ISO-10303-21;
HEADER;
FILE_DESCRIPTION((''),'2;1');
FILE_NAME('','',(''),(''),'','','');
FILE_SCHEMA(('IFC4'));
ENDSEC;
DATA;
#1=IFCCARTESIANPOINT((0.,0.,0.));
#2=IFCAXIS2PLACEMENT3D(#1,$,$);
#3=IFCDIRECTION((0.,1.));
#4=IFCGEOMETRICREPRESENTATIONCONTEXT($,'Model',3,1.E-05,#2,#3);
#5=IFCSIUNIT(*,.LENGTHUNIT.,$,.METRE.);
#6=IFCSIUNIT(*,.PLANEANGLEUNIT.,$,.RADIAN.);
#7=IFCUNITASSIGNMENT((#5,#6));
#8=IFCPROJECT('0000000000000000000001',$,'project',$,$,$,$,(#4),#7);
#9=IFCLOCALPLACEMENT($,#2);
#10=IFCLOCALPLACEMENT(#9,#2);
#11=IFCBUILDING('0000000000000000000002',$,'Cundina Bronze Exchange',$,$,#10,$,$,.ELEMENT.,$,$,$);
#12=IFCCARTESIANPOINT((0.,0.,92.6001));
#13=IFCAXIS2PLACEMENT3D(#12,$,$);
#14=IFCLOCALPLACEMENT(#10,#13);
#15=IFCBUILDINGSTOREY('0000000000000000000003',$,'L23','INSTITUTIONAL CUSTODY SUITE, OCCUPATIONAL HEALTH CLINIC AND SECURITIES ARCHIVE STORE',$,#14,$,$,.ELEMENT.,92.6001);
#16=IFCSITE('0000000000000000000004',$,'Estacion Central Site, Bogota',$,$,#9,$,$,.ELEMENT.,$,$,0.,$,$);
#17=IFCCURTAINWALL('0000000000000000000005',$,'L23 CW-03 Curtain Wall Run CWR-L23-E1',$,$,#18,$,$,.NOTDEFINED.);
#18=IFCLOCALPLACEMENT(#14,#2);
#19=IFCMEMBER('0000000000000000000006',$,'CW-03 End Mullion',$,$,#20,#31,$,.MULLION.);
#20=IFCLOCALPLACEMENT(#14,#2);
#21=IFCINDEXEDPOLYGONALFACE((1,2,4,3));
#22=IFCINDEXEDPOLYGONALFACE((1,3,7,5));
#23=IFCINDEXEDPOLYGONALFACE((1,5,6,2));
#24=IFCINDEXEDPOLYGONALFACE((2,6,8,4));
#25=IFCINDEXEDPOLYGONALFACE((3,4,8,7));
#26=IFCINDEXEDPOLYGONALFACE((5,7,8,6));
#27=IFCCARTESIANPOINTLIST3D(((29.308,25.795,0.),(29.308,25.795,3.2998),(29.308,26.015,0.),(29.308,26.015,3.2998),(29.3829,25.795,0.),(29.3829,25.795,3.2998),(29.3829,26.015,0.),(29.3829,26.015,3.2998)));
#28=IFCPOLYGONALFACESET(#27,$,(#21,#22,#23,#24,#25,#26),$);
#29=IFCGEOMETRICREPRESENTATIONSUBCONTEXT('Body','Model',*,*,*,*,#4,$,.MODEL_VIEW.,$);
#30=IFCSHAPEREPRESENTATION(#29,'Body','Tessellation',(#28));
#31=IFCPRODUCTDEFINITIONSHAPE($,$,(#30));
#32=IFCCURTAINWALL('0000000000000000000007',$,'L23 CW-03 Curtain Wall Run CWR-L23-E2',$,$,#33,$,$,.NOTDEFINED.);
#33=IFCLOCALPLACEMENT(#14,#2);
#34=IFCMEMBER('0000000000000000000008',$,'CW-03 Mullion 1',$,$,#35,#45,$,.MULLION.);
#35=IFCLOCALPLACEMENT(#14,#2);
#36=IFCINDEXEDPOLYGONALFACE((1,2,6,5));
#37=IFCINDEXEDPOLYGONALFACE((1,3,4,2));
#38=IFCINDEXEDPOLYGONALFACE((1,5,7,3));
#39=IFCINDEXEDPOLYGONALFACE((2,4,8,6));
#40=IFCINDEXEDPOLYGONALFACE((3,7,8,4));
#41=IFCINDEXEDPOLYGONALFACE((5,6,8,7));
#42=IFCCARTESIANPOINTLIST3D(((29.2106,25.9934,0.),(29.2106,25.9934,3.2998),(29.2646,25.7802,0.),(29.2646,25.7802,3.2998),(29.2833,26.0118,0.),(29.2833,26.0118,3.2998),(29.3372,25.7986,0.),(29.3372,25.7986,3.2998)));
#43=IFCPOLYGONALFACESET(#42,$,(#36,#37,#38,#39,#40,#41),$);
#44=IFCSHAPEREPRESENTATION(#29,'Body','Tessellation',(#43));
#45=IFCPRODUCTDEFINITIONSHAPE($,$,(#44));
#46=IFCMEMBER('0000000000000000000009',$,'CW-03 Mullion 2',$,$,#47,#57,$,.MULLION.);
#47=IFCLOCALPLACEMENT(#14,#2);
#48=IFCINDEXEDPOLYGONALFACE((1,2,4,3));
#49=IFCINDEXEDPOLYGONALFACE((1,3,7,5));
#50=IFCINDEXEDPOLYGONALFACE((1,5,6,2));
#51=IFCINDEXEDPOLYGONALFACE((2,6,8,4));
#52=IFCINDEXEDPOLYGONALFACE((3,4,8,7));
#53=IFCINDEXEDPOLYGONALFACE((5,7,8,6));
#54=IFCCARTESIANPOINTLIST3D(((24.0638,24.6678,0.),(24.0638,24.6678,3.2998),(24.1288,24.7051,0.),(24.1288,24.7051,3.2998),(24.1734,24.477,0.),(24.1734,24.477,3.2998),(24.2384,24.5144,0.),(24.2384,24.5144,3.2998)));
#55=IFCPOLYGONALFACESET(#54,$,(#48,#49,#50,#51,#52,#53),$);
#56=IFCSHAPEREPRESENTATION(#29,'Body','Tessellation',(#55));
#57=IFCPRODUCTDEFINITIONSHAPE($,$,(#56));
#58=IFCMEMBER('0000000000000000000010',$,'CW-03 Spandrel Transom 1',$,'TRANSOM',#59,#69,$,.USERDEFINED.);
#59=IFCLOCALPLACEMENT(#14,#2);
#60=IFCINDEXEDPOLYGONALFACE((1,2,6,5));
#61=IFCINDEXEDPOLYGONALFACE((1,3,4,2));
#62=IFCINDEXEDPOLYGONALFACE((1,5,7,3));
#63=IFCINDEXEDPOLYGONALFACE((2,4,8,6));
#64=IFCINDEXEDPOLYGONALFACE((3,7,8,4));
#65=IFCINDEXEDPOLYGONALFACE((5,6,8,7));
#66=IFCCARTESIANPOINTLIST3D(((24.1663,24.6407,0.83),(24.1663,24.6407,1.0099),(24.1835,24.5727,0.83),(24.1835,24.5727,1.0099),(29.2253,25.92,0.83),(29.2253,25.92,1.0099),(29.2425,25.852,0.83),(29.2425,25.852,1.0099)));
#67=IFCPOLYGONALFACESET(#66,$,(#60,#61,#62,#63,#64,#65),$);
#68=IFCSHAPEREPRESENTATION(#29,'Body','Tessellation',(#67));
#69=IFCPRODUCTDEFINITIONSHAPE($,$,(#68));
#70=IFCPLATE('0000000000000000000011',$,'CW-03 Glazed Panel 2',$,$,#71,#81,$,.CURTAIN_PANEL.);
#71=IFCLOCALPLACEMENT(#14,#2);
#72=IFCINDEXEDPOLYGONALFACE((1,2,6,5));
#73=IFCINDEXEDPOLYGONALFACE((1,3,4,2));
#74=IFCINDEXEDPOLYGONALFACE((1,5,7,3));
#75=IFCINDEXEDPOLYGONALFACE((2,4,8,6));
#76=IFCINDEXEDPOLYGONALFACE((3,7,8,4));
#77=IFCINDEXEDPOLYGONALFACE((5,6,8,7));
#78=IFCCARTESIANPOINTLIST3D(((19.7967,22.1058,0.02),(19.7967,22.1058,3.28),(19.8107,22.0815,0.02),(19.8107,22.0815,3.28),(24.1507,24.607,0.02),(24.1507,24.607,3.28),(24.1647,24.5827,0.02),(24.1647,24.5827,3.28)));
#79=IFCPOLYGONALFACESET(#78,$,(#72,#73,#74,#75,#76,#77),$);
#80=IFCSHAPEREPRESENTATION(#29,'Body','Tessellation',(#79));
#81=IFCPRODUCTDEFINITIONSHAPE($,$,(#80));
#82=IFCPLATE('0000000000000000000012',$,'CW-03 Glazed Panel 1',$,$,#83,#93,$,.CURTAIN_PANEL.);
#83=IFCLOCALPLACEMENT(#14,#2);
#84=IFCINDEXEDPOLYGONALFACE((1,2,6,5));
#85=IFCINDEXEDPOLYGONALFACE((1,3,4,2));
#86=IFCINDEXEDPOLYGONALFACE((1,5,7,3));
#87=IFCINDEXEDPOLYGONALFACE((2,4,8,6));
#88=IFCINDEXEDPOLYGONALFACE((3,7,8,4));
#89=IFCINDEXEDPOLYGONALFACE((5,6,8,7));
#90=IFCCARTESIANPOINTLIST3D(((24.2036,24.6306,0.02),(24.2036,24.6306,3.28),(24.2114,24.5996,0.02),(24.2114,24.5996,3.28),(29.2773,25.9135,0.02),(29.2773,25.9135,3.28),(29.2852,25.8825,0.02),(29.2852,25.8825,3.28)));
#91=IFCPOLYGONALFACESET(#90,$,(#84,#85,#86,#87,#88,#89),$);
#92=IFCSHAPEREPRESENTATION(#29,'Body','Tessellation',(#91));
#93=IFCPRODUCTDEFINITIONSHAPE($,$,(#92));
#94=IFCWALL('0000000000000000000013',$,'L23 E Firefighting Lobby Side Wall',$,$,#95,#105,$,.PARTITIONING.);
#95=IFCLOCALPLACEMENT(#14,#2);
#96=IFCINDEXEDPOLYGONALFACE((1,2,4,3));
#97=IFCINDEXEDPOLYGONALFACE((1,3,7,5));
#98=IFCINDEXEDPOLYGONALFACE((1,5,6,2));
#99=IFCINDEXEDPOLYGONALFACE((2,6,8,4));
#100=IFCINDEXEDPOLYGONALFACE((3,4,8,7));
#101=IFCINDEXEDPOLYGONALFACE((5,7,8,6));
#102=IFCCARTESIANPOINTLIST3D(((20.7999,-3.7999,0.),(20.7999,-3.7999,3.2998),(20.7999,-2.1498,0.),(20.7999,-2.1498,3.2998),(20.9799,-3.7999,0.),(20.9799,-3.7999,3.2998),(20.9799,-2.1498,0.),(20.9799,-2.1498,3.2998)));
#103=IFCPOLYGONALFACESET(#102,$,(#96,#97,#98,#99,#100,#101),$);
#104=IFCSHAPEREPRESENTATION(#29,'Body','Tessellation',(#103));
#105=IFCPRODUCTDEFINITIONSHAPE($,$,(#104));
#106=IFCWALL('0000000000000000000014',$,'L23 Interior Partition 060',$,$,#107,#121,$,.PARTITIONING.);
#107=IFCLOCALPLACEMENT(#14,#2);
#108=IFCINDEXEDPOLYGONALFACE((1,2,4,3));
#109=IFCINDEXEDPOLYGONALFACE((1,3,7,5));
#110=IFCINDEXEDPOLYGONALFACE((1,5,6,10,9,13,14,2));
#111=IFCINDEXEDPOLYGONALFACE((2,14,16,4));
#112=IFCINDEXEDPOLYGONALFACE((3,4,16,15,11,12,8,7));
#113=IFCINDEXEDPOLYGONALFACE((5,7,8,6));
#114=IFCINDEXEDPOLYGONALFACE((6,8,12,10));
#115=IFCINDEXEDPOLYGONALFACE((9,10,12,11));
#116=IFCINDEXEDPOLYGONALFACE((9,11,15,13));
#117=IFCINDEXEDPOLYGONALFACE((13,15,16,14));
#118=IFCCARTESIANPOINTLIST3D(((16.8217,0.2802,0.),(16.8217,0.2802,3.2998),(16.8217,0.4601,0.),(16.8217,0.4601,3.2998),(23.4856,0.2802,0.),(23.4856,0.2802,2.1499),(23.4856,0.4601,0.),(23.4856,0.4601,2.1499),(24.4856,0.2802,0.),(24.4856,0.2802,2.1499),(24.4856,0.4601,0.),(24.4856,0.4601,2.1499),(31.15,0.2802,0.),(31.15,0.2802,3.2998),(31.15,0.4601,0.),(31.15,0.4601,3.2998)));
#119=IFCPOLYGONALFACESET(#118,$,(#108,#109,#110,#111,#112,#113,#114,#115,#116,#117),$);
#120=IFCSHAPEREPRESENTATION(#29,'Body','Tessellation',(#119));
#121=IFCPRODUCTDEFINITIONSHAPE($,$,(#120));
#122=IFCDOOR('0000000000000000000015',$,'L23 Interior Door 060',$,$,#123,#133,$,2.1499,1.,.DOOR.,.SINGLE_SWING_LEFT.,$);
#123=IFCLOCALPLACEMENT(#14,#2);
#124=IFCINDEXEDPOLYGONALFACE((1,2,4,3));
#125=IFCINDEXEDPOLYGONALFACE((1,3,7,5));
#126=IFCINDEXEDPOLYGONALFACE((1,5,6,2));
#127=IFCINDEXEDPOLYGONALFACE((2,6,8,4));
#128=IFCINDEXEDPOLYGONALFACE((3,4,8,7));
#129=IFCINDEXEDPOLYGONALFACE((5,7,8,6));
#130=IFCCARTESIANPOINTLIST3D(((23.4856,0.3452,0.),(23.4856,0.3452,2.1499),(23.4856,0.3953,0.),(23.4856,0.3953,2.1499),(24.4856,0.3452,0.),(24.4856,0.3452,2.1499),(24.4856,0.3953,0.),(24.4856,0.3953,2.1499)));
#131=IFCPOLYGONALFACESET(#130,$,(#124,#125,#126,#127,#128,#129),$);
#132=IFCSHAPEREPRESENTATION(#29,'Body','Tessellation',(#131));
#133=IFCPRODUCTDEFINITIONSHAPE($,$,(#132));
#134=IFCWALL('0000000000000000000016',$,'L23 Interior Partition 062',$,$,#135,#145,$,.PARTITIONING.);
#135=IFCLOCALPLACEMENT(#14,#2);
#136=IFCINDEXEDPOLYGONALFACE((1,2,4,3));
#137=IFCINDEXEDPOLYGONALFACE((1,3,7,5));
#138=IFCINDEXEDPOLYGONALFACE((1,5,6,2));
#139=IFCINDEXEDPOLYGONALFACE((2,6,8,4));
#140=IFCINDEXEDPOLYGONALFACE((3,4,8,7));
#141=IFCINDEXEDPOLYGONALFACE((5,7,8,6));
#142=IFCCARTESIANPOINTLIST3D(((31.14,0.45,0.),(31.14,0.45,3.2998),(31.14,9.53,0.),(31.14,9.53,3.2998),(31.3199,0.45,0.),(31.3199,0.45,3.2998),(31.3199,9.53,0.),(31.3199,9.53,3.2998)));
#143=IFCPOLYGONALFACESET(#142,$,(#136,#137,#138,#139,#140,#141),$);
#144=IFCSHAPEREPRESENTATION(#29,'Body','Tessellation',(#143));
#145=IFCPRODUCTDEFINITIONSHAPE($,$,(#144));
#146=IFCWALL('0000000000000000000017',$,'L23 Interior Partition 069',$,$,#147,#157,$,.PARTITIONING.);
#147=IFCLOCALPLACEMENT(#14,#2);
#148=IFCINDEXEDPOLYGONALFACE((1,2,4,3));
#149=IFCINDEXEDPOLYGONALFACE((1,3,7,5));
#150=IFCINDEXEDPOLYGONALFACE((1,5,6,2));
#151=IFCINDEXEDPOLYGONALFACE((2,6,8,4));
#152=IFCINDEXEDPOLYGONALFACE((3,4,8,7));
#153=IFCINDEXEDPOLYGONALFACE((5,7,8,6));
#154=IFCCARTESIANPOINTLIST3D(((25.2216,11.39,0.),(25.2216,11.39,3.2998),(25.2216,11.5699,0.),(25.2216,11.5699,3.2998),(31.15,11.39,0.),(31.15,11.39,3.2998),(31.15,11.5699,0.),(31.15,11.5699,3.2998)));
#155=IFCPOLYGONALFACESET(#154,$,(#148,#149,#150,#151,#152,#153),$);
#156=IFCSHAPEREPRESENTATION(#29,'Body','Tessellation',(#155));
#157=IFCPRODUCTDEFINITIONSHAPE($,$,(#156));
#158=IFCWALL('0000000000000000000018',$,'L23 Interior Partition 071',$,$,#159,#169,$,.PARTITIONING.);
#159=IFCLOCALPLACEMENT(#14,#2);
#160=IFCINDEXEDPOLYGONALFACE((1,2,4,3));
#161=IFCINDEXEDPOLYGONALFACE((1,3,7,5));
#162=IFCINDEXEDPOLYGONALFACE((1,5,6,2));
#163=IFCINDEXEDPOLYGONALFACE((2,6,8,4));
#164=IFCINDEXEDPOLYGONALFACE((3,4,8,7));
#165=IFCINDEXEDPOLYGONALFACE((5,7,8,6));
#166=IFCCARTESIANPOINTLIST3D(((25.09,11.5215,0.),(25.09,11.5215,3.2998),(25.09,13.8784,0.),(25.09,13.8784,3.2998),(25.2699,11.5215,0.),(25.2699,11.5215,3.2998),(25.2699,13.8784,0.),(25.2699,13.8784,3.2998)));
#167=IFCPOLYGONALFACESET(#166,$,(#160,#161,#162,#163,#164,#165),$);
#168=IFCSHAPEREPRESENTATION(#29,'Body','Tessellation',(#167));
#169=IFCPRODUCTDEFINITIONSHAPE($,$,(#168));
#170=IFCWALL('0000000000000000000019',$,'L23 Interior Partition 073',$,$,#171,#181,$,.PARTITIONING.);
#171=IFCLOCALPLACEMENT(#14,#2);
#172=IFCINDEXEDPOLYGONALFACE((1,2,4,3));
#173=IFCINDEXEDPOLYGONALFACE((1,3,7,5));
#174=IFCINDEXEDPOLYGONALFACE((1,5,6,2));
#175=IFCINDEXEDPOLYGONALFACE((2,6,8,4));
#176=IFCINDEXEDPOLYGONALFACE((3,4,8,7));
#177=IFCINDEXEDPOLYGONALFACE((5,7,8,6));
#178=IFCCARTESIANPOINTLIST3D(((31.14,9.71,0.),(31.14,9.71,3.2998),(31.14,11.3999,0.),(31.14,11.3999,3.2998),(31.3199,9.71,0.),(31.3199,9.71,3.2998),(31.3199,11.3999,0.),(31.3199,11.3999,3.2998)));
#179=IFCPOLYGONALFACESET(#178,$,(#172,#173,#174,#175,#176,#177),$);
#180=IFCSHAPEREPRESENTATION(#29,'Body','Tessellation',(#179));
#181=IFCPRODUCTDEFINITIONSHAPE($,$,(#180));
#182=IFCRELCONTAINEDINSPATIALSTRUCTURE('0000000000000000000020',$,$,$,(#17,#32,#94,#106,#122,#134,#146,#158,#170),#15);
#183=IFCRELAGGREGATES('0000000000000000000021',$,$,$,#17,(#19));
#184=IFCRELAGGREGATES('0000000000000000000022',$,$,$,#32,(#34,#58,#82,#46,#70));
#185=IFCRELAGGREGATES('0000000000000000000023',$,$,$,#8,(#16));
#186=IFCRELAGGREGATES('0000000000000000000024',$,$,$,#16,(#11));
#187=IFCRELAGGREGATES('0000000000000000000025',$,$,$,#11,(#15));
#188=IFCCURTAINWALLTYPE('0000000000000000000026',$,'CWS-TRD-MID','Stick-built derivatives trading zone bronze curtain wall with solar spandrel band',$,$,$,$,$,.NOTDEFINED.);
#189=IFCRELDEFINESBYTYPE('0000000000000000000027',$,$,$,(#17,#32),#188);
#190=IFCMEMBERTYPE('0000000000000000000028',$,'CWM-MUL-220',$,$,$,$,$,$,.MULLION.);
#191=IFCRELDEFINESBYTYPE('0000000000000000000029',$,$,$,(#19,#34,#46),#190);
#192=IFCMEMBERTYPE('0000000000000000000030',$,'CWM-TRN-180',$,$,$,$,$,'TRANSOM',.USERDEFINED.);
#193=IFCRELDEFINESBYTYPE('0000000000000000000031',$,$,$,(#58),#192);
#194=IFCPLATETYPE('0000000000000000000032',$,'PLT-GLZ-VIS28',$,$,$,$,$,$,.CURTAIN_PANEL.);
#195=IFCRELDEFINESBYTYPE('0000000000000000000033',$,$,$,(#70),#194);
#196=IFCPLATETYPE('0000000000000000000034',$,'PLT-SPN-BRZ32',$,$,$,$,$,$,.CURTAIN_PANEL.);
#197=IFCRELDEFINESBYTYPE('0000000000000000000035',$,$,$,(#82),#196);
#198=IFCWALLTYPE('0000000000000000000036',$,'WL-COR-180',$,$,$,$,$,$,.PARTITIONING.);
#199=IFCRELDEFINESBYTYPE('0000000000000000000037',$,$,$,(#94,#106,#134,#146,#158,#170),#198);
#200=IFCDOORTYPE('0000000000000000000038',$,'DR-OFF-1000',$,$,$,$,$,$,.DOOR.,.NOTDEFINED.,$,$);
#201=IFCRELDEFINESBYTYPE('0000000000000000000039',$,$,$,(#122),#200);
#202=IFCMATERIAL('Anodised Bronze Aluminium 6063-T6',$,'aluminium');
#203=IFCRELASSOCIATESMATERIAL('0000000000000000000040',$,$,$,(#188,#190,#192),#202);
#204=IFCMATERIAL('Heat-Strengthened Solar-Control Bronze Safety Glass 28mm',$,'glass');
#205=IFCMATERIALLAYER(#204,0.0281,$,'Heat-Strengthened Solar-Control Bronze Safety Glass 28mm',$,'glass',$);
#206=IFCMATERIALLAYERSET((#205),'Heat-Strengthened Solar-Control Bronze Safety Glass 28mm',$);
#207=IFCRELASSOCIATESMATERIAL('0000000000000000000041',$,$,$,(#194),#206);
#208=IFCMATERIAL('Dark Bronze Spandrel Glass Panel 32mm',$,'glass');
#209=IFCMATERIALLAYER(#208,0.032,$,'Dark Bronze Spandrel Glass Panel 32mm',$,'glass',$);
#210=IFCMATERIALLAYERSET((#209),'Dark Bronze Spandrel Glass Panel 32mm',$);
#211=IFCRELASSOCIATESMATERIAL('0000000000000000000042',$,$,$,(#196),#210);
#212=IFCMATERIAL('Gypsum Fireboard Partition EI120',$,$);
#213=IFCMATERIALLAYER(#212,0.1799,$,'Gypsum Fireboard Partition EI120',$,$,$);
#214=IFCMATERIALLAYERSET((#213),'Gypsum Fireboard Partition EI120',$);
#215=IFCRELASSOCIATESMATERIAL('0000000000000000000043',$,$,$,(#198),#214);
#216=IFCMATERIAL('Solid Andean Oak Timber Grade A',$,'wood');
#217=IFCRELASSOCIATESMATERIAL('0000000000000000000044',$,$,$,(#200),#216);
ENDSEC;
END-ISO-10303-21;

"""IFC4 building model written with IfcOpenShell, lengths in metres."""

from ifc_helpers import new_model, si_unit, direction, frame, frame_2d, origin, origin_2d, place, context, subcontext, project, spatial, rectangle, extrude, material, layer, layer_set, material_profile, profile_set, type_object, element, fill, aggregate, save


model = new_model("IFC4")

# Units and contexts
model_context = context("Model", 3, precision=1e-05, world=origin(), true_north=direction((0.0, 1.0)))
body_context = subcontext(model_context, "Body", "Model", "MODEL_VIEW")
ifc_project = project(units=[si_unit("LENGTHUNIT", "METRE"), si_unit("PLANEANGLEUNIT", "RADIAN")], contexts=[model_context])

# Site, building, storey
site_placement = place(None, origin())
site = spatial("IfcSite", under=ifc_project, at=site_placement, Name="Estacion Central Site, Bogota", CompositionType="ELEMENT", RefElevation=0.0)
building_placement = place(site_placement, origin())
building = spatial("IfcBuilding", under=site, at=building_placement, Name="Cundina Bronze Exchange", CompositionType="ELEMENT")
storey_placement = place(building_placement, frame((0.0, 0.0, 92.6001)))
storey = spatial("IfcBuildingStorey", under=building, at=storey_placement, Name="L23", Description="INSTITUTIONAL CUSTODY SUITE, OCCUPATIONAL HEALTH CLINIC AND SECURITIES ARCHIVE STORE", CompositionType="ELEMENT", Elevation=92.6001)

# Curtain wall, member
ifc_material_1 = material(Name="Anodised Bronze Aluminium 6063-T6", Category="aluminium")
curtain_wall_type = type_object("IfcCurtainWallType", Name="CWS-TRD-MID", Description="Stick-built derivatives trading zone bronze curtain wall with solar spandrel band", PredefinedType="NOTDEFINED", material=ifc_material_1)
curtain_wall_1_placement = place(storey_placement, origin())
curtain_wall_1 = element("IfcCurtainWall", 1, at=curtain_wall_1_placement, inside=storey, type_object=curtain_wall_type, Name="L23 CW-03 Curtain Wall Run CWR-L23-E1", PredefinedType="NOTDEFINED")
ifc_material_profile_1 = material_profile(ifc_material_1, rectangle(XDim=0.075, YDim=0.22, at=origin_2d()), Name="AL75X220", Category="aluminium")
ifc_profile_set_1 = profile_set([ifc_material_profile_1], Name="Anodised Bronze Aluminium 6063-T6")
member_type_1 = type_object("IfcMemberType", Name="CWM-MUL-220", PredefinedType="MULLION", material=ifc_profile_set_1)
member_1_placement = place(storey_placement, frame((29.3455, 25.905, 0.0), z_axis=(0.0, 0.0, 1.0), x_axis=(-1.0, 0.0, 0.0)))
member_1 = element("IfcMember", 2, at=member_1_placement, type_object=member_type_1, Name="CW-03 End Mullion", PredefinedType="MULLION", context=body_context, shape_type="SweptSolid", body=[
    extrude(rectangle(XDim=0.075, YDim=0.22, at=origin_2d()), origin(), (0.0, 0.0, 1.0), 3.2998),
])
aggregate(curtain_wall_1, [member_1])

# Curtain wall, members, plates
curtain_wall_2_placement = place(storey_placement, origin())
curtain_wall_2 = element("IfcCurtainWall", 3, at=curtain_wall_2_placement, inside=storey, type_object=curtain_wall_type, Name="L23 CW-03 Curtain Wall Run CWR-L23-E2", PredefinedType="NOTDEFINED")
member_2_placement = place(storey_placement, frame((29.2739, 25.896, 0.0), z_axis=(0.0, 0.0, 1.0), x_axis=(-0.969488, -0.245138, 0.0)))
member_2 = element("IfcMember", 4, at=member_2_placement, type_object=member_type_1, Name="CW-03 Mullion 1", PredefinedType="MULLION", context=body_context, shape_type="SweptSolid", body=[
    extrude(rectangle(XDim=0.075, YDim=0.22, at=origin_2d()), origin(), (0.0, 0.0, 1.0), 3.2998),
])
member_3_placement = place(storey_placement, frame((24.1511, 24.5911, 0.0), z_axis=(0.0, 0.0, 1.0), x_axis=(-0.867071, -0.498185, 0.0)))
member_3 = element("IfcMember", 5, at=member_3_placement, type_object=member_type_1, Name="CW-03 Mullion 2", PredefinedType="MULLION", context=body_context, shape_type="SweptSolid", body=[
    extrude(rectangle(XDim=0.075, YDim=0.22, at=origin_2d()), origin(), (0.0, 0.0, 1.0), 3.2998),
])
ifc_material_profile_2 = material_profile(ifc_material_1, rectangle(XDim=0.0701, YDim=0.1799, at=origin_2d()), Name="AL70X180", Category="aluminium")
ifc_profile_set_2 = profile_set([ifc_material_profile_2], Name="Anodised Bronze Aluminium 6063-T6")
member_type_2 = type_object("IfcMemberType", Name="CWM-TRN-180", ElementType="TRANSOM", PredefinedType="USERDEFINED", material=ifc_profile_set_2)
member_4_placement = place(storey_placement, frame((29.2339, 25.886, 0.9199), z_axis=(-0.969484, -0.245155, 0.0), x_axis=(0.245155, -0.969484, 0.0)))
member_4 = element("IfcMember", 6, at=member_4_placement, type_object=member_type_2, Name="CW-03 Spandrel Transom 1", ObjectType="TRANSOM", PredefinedType="USERDEFINED", context=body_context, shape_type="SweptSolid", body=[
    extrude(rectangle(XDim=0.0701, YDim=0.1799, at=origin_2d()), origin(), (0.0, 0.0, 1.0), 5.2183),
])
ifc_material_2 = material(Name="Heat-Strengthened Solar-Control Bronze Safety Glass 28mm", Category="glass")
ifc_layer_1 = layer(ifc_material_2, 0.0281, Name="Heat-Strengthened Solar-Control Bronze Safety Glass 28mm", Category="glass")
ifc_layer_set_1 = layer_set([ifc_layer_1], Name="Heat-Strengthened Solar-Control Bronze Safety Glass 28mm")
plate_type_1 = type_object("IfcPlateType", Name="PLT-GLZ-VIS28", PredefinedType="CURTAIN_PANEL", material=ifc_layer_set_1)
plate_1_placement = place(storey_placement, frame((21.9807, 23.3442, 0.02), z_axis=(0.0, 0.0, 1.0), x_axis=(-0.867105, -0.498125, 0.0)))
plate_1 = element("IfcPlate", 7, at=plate_1_placement, type_object=plate_type_1, Name="CW-03 Glazed Panel 2", PredefinedType="CURTAIN_PANEL", context=body_context, shape_type="SweptSolid", body=[
    extrude(rectangle(XDim=5.0212, YDim=0.0281, at=origin_2d()), origin(), (0.0, 0.0, 1.0), 3.26),
])
ifc_material_3 = material(Name="Dark Bronze Spandrel Glass Panel 32mm", Category="glass")
ifc_layer_2 = layer(ifc_material_3, 0.032, Name="Dark Bronze Spandrel Glass Panel 32mm", Category="glass")
ifc_layer_set_2 = layer_set([ifc_layer_2], Name="Dark Bronze Spandrel Glass Panel 32mm")
plate_type_2 = type_object("IfcPlateType", Name="PLT-SPN-BRZ32", PredefinedType="CURTAIN_PANEL", material=ifc_layer_set_2)
plate_2_placement = place(storey_placement, frame((26.7444, 25.2566, 0.02), z_axis=(0.0, 0.0, 1.0), x_axis=(-0.969488, -0.245138, 0.0)))
plate_2 = element("IfcPlate", 8, at=plate_2_placement, type_object=plate_type_2, Name="CW-03 Glazed Panel 1", PredefinedType="CURTAIN_PANEL", context=body_context, shape_type="SweptSolid", body=[
    extrude(rectangle(XDim=5.2334, YDim=0.032, at=origin_2d()), origin(), (0.0, 0.0, 1.0), 3.26),
])
aggregate(curtain_wall_2, [member_2, member_4, plate_2, member_3, plate_1])

# Wall
ifc_material_4 = material(Name="Gypsum Fireboard Partition EI120")
ifc_layer_3 = layer(ifc_material_4, 0.1799, Name="Gypsum Fireboard Partition EI120")
ifc_layer_set_3 = layer_set([ifc_layer_3], Name="Gypsum Fireboard Partition EI120")
wall_type_1 = type_object("IfcWallType", Name="WL-COR-180", PredefinedType="PARTITIONING", material=ifc_layer_set_3)
wall_1_placement = place(storey_placement, frame((20.8899, -3.8, 0.0), z_axis=(0.0, 0.0, 1.0), x_axis=(0.0, 1.0, 0.0)))
element("IfcWall", 9, at=wall_1_placement, inside=storey, type_object=wall_type_1, Name="L23 E Firefighting Lobby Side Wall", PredefinedType="PARTITIONING", context=body_context, shape_type="SweptSolid", body=[
    extrude(rectangle(XDim=1.6501, YDim=0.1799, at=frame_2d((0.8252, 0.0))), origin(), (0.0, 0.0, 1.0), 3.2998),
])

# Wall, opening, door
wall_2_placement = place(storey_placement, frame((31.1499, 0.3701, 0.0), z_axis=(0.0, 0.0, 1.0), x_axis=(-1.0, 0.0, 0.0)))
wall_2 = element("IfcWall", 10, at=wall_2_placement, inside=storey, type_object=wall_type_1, Name="L23 Interior Partition 060", PredefinedType="PARTITIONING", context=body_context, shape_type="SweptSolid", body=[
    extrude(rectangle(XDim=14.3284, YDim=0.1799, at=frame_2d((7.1641, 0.0))), origin(), (0.0, 0.0, 1.0), 3.2998),
])
opening_1_placement = place(wall_2_placement, frame((6.6643, 0.0, 0.0)))
opening_1 = element("IfcOpeningElement", 11, at=opening_1_placement, cuts=wall_2, PredefinedType="OPENING", context=body_context, shape_type="SweptSolid", body=[
    extrude(rectangle(XDim=1.0, YDim=2.1499, at=frame_2d((0.5, 1.075))), frame((0.0, 0.0999, 0.0), z_axis=(0.0, -1.0, 0.0), x_axis=(1.0, 0.0, 0.0)), (0.0, 0.0, 1.0), 0.2),
])
ifc_material_5 = material(Name="Solid Andean Oak Timber Grade A", Category="wood")
door_type_1 = type_object("IfcDoorType", Name="DR-OFF-1000", OperationType="NOTDEFINED", PredefinedType="DOOR", material=ifc_material_5)
door_1_placement = place(opening_1_placement, origin())
door_1 = element("IfcDoor", 12, at=door_1_placement, inside=storey, type_object=door_type_1, Name="L23 Interior Door 060", OperationType="SINGLE_SWING_LEFT", OverallHeight=2.1499, OverallWidth=1.0, PredefinedType="DOOR", context=body_context, shape_type="SweptSolid", body=[
    extrude(rectangle(XDim=1.0, YDim=2.1499, at=frame_2d((0.5, 1.075))), frame((0.0, 0.0249, 0.0), z_axis=(0.0, -1.0, 0.0), x_axis=(1.0, 0.0, 0.0)), (0.0, 0.0, 1.0), 0.05),
])
fill(opening_1, door_1)

# Walls
wall_3_placement = place(storey_placement, frame((31.23, 9.53, 0.0), z_axis=(0.0, 0.0, 1.0), x_axis=(0.0, -1.0, 0.0)))
element("IfcWall", 13, at=wall_3_placement, inside=storey, type_object=wall_type_1, Name="L23 Interior Partition 062", PredefinedType="PARTITIONING", context=body_context, shape_type="SweptSolid", body=[
    extrude(rectangle(XDim=9.0801, YDim=0.1799, at=frame_2d((4.54, 0.0))), origin(), (0.0, 0.0, 1.0), 3.2998),
])
wall_4_placement = place(storey_placement, frame((25.2214, 11.48, 0.0), z_axis=(0.0, 0.0, 1.0), x_axis=(1.0, 0.0, 0.0)))
element("IfcWall", 14, at=wall_4_placement, inside=storey, type_object=wall_type_1, Name="L23 Interior Partition 069", PredefinedType="PARTITIONING", context=body_context, shape_type="SweptSolid", body=[
    extrude(rectangle(XDim=5.9285, YDim=0.1799, at=frame_2d((2.9644, 0.0))), origin(), (0.0, 0.0, 1.0), 3.2998),
])
wall_5_placement = place(storey_placement, frame((25.1799, 13.8784, 0.0), z_axis=(0.0, 0.0, 1.0), x_axis=(0.0, -1.0, 0.0)))
element("IfcWall", 15, at=wall_5_placement, inside=storey, type_object=wall_type_1, Name="L23 Interior Partition 071", PredefinedType="PARTITIONING", context=body_context, shape_type="SweptSolid", body=[
    extrude(rectangle(XDim=2.3569, YDim=0.1799, at=frame_2d((1.1785, 0.0))), origin(), (0.0, 0.0, 1.0), 3.2998),
])
wall_6_placement = place(storey_placement, frame((31.23, 11.3999, 0.0), z_axis=(0.0, 0.0, 1.0), x_axis=(0.0, -1.0, 0.0)))
element("IfcWall", 16, at=wall_6_placement, inside=storey, type_object=wall_type_1, Name="L23 Interior Partition 073", PredefinedType="PARTITIONING", context=body_context, shape_type="SweptSolid", body=[
    extrude(rectangle(XDim=1.6899, YDim=0.1799, at=frame_2d((0.845, 0.0))), origin(), (0.0, 0.0, 1.0), 3.2998),
])

save(model, "model.ifc")
